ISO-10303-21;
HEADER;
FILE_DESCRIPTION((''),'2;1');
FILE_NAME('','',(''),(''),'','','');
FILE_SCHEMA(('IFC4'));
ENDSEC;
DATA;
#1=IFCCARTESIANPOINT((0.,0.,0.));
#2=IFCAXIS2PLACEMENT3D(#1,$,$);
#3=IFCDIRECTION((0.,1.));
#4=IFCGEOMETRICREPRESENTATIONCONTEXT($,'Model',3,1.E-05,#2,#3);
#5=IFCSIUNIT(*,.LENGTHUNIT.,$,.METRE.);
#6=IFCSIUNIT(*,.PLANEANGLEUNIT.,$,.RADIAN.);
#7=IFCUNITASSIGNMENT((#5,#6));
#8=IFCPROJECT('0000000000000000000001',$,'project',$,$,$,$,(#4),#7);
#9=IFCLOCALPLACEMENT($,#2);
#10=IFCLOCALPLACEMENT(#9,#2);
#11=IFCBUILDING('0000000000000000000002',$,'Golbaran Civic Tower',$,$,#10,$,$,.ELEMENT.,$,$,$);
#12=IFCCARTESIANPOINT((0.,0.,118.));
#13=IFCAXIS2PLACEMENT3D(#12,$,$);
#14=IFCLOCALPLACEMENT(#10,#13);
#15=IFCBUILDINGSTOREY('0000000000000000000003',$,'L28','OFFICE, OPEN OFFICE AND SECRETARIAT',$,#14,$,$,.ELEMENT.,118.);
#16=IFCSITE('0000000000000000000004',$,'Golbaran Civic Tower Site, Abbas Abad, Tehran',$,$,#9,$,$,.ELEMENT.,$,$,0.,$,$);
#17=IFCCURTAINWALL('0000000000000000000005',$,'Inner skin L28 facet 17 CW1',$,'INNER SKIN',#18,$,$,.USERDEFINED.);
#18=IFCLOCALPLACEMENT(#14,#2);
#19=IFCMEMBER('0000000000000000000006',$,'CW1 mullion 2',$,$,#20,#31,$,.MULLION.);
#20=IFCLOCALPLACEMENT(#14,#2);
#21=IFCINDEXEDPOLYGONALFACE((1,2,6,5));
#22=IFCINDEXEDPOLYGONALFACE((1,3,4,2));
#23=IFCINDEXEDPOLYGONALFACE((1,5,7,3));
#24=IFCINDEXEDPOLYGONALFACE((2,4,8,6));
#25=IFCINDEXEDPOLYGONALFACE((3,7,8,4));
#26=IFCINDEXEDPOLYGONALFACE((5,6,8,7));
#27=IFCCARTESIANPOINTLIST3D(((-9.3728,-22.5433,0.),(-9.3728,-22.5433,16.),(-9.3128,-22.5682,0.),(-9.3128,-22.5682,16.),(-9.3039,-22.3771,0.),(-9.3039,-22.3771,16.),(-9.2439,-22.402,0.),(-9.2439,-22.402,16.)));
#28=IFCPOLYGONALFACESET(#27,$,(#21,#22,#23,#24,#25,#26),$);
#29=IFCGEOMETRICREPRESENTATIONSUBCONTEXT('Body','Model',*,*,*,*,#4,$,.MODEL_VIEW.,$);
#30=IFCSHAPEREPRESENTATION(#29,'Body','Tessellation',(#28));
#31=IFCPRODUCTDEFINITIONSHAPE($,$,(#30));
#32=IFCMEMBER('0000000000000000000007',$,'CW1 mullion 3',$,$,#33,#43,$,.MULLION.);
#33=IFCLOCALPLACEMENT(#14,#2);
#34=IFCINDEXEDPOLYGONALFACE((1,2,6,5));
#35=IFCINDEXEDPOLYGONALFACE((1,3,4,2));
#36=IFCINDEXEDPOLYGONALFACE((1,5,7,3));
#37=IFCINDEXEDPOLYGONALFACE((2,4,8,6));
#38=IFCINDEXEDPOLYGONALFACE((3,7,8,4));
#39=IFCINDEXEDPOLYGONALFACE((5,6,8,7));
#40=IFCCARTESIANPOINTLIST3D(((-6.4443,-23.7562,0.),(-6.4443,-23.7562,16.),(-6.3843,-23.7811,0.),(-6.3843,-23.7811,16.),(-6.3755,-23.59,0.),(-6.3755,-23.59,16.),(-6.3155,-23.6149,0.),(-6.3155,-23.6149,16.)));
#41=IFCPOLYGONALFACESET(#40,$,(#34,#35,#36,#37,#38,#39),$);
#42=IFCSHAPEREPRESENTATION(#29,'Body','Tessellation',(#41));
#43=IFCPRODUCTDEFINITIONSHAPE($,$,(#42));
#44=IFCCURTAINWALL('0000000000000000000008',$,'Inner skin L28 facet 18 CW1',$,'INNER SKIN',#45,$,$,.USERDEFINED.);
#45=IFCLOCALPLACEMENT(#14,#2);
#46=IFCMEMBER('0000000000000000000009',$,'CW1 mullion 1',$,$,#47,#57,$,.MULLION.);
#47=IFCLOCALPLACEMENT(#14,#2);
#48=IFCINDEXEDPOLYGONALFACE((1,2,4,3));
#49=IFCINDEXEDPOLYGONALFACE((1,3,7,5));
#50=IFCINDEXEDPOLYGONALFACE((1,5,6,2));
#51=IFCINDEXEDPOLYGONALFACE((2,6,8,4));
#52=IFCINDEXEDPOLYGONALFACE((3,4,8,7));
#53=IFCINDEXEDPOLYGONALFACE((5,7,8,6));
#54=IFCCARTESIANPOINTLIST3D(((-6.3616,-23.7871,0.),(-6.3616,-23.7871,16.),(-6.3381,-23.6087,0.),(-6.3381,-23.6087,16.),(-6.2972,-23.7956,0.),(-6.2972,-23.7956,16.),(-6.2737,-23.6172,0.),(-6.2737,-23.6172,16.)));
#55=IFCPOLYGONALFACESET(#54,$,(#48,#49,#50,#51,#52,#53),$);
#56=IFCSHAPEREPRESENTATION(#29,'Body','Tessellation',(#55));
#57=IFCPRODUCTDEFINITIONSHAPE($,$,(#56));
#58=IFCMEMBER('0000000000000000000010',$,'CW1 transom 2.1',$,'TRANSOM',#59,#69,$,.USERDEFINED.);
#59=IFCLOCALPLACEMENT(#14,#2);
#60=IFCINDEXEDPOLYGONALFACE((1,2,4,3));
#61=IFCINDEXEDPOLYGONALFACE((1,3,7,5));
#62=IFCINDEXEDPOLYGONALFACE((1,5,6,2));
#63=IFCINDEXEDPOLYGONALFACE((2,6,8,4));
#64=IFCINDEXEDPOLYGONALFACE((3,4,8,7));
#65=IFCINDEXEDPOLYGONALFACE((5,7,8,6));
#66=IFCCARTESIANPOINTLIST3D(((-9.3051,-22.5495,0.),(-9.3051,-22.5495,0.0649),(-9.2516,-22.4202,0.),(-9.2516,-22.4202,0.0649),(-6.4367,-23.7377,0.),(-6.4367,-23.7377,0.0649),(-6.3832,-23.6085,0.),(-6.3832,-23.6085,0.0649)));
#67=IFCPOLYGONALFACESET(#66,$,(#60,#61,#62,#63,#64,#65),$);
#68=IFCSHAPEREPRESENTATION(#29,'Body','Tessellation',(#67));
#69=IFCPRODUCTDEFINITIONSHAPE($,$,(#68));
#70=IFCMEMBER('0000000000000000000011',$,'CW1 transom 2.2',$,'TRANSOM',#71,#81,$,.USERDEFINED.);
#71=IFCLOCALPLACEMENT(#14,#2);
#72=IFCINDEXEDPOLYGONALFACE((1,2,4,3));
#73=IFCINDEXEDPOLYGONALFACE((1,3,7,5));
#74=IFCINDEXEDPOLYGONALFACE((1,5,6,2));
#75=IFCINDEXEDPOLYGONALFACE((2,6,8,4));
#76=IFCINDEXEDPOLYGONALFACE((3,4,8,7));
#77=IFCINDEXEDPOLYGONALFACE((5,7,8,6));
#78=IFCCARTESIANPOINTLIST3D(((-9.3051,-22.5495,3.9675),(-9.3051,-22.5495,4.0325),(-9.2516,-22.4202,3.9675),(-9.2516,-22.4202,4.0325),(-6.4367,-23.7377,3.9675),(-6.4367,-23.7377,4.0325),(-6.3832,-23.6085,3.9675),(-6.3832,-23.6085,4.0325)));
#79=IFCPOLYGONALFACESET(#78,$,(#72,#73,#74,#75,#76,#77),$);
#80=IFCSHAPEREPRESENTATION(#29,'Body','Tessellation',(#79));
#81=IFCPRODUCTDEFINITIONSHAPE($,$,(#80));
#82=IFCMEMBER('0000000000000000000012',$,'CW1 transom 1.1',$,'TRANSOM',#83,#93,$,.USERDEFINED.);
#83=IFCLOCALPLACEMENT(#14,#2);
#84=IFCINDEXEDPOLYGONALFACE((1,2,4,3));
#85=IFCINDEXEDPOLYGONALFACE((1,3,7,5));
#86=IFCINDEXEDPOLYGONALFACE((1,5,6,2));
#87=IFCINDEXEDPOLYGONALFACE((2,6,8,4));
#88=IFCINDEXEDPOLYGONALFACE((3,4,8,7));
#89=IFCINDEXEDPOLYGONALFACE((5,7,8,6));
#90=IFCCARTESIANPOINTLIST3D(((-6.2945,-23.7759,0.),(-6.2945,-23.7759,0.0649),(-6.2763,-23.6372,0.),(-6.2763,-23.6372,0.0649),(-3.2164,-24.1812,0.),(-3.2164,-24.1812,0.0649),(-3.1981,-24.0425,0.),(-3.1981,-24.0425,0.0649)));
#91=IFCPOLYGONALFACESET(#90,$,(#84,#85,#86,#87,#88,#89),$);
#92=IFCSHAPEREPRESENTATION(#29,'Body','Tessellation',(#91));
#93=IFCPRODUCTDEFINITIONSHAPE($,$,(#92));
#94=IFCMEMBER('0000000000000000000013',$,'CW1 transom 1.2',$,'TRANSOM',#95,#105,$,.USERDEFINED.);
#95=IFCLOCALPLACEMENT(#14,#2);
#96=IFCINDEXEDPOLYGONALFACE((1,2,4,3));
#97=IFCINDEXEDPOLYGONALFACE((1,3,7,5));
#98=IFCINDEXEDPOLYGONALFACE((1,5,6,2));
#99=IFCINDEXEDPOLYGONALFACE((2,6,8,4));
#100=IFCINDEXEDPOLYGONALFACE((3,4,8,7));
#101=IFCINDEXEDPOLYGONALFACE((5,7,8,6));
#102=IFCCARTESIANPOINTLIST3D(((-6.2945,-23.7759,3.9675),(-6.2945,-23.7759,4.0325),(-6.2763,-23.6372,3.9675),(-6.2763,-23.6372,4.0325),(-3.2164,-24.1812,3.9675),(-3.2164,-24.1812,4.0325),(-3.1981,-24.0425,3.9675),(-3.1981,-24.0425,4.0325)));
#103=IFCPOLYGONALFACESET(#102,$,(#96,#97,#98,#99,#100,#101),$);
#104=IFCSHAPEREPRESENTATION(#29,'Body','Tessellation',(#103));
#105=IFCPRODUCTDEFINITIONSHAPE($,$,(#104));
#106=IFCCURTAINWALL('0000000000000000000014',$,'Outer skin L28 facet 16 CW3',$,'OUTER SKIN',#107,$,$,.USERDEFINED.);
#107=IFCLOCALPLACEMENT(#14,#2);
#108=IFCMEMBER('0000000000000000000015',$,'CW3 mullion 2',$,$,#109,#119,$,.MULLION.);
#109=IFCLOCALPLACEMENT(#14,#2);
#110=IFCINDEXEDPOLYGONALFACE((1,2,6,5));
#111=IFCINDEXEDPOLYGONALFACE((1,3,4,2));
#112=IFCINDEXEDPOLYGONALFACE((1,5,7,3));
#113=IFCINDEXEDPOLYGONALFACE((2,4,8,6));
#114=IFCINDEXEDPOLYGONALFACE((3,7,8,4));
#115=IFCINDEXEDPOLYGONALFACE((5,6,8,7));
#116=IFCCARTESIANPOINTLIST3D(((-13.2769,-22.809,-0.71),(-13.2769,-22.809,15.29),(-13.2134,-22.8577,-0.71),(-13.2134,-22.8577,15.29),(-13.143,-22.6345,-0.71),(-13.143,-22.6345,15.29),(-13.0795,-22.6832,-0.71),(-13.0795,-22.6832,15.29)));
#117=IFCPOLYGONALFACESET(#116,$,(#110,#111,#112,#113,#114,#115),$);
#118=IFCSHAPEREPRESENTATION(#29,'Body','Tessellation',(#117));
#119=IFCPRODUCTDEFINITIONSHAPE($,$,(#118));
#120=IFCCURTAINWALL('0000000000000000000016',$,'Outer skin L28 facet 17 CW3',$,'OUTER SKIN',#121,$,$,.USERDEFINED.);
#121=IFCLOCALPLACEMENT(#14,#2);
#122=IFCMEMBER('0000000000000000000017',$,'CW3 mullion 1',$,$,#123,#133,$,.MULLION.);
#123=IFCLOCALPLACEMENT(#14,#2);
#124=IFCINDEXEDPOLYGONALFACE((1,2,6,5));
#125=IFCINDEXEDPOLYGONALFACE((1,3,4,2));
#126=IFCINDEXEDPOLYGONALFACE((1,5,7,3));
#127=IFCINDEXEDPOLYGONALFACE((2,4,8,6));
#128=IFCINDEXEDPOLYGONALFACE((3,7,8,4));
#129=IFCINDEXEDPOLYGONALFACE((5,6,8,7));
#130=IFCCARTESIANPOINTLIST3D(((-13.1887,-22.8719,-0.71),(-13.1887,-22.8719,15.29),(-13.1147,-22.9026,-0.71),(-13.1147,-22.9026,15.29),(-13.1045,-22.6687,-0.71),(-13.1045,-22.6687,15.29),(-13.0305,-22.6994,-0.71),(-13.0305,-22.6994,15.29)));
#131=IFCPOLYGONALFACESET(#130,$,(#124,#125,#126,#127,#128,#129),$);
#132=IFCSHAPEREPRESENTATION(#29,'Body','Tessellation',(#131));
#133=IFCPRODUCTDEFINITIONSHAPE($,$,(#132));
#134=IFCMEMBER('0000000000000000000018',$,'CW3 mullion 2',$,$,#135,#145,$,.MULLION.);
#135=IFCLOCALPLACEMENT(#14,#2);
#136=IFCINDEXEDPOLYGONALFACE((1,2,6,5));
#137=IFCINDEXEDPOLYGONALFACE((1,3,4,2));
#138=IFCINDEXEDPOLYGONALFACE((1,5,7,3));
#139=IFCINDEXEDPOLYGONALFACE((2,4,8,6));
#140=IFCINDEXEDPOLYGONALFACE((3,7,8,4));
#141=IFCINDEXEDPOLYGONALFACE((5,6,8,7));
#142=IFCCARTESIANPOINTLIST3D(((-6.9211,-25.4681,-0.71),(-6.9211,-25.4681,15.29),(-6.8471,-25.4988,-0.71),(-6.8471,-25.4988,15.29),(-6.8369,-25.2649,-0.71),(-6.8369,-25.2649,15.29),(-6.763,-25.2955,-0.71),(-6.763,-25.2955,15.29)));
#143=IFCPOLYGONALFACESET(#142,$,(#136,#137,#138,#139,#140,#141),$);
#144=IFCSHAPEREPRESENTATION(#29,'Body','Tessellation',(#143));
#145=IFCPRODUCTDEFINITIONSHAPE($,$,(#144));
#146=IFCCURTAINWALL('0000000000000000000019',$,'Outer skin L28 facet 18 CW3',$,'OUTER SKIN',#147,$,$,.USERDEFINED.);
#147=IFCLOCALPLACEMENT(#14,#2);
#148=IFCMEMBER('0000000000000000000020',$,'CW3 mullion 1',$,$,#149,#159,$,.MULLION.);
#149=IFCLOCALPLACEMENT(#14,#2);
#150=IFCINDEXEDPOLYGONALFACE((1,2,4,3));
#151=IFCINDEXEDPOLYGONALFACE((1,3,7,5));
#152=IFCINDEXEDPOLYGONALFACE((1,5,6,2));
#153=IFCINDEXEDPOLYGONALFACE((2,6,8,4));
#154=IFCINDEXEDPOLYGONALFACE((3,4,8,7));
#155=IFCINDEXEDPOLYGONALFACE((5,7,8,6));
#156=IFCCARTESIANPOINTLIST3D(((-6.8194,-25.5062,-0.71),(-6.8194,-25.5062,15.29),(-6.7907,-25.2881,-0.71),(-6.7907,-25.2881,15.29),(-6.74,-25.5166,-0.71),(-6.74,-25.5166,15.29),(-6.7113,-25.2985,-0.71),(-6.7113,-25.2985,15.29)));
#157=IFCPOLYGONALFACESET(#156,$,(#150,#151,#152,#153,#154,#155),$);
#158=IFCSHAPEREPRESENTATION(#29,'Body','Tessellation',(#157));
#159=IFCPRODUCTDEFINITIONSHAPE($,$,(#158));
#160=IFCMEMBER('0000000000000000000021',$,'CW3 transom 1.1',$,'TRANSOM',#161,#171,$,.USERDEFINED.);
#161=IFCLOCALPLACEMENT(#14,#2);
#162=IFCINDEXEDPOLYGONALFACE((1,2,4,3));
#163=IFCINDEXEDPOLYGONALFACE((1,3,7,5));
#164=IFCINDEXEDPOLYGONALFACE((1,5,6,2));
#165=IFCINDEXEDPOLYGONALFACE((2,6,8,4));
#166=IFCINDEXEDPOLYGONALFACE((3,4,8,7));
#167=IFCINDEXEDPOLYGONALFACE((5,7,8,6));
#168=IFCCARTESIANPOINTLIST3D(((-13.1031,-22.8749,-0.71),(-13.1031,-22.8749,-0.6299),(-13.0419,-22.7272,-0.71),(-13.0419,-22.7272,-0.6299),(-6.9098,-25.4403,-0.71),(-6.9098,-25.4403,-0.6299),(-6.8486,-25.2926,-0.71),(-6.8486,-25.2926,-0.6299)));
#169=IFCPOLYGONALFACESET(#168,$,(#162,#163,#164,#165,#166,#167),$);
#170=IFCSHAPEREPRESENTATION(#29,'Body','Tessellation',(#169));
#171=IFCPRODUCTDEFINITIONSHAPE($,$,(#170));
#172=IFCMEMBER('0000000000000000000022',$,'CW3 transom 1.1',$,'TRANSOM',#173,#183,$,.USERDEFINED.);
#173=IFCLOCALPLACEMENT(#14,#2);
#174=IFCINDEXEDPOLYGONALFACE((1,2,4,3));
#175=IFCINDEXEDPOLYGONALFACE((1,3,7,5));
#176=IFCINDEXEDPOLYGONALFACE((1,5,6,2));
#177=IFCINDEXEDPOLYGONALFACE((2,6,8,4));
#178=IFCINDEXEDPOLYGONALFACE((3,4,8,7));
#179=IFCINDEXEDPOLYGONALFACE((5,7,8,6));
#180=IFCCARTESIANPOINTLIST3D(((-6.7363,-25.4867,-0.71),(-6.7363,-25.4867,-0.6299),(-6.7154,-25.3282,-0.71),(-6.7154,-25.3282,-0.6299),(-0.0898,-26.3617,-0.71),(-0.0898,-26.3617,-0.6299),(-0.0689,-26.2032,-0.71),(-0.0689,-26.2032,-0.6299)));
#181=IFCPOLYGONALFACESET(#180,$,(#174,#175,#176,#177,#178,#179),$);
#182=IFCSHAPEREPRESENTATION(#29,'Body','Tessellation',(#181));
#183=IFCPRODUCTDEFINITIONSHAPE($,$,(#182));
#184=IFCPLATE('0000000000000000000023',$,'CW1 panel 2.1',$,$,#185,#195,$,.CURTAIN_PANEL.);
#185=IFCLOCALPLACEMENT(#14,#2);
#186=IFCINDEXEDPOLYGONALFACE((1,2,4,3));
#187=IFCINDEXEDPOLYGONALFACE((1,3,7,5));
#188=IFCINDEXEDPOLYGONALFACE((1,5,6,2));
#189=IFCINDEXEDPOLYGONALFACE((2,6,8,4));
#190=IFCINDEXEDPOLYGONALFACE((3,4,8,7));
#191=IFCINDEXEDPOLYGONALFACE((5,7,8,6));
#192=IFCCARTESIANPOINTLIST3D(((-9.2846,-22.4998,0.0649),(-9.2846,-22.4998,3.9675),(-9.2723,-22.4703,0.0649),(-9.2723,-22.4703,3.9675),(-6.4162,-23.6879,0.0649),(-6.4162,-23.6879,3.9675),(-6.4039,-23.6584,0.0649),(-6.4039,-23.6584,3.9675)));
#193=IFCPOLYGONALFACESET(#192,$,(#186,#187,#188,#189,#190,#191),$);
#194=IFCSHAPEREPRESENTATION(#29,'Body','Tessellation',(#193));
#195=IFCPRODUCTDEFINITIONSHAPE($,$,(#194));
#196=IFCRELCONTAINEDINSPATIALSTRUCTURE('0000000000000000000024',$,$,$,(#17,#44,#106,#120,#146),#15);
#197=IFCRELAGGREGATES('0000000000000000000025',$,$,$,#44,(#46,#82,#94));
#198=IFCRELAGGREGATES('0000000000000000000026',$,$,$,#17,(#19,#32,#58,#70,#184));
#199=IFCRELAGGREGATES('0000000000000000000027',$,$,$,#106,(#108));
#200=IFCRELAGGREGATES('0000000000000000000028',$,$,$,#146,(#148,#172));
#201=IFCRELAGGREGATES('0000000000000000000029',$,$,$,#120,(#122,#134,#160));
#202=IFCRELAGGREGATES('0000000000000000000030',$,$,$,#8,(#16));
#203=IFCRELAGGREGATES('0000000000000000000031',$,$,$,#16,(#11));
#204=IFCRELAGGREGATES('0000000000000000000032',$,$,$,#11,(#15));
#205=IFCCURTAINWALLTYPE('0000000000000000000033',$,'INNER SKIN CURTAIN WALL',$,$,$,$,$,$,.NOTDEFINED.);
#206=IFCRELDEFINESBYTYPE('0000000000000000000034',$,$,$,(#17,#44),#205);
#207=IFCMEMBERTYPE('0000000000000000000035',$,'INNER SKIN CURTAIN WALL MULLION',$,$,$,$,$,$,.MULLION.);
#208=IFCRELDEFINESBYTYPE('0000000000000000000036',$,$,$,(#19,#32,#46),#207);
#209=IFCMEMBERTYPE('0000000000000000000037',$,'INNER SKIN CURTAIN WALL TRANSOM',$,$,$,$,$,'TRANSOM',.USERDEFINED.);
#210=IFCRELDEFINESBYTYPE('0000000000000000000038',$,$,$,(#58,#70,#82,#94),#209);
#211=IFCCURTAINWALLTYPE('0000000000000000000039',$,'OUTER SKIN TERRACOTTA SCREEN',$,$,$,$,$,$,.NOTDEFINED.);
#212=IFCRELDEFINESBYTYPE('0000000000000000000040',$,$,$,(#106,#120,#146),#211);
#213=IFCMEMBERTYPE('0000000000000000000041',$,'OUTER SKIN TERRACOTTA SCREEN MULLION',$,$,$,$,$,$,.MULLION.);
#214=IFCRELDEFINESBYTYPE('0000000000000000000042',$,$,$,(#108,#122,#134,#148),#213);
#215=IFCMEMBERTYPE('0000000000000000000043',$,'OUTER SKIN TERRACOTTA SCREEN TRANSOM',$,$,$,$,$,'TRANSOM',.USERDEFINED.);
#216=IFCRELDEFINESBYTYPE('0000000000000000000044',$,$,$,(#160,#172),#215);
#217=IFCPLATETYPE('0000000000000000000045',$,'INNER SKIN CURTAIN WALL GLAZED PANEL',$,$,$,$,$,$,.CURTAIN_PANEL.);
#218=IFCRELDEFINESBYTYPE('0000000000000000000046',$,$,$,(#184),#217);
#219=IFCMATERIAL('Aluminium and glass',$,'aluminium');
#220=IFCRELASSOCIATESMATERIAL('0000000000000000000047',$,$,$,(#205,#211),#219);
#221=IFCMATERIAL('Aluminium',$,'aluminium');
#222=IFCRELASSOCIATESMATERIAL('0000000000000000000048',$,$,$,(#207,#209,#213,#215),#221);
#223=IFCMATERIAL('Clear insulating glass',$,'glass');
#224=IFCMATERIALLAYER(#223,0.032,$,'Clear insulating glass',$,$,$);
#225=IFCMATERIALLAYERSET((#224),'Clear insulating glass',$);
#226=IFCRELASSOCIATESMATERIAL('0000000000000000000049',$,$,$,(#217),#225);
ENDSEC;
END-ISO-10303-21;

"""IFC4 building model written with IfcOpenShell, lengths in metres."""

from ifc_helpers import new_model, si_unit, direction, frame, origin, origin_2d, place, context, subcontext, project, spatial, rectangle, extrude, material, layer, layer_set, material_profile, profile_set, type_object, element, aggregate, save


model = new_model("IFC4")

# Units and contexts
model_context = context("Model", 3, precision=1e-05, world=origin(), true_north=direction((0.0, 1.0)))
body_context = subcontext(model_context, "Body", "Model", "MODEL_VIEW")
ifc_project = project(units=[si_unit("LENGTHUNIT", "METRE"), si_unit("PLANEANGLEUNIT", "RADIAN")], contexts=[model_context])

# Site, building, storey
site_placement = place(None, origin())
site = spatial("IfcSite", under=ifc_project, at=site_placement, Name="Golbaran Civic Tower Site, Abbas Abad, Tehran", CompositionType="ELEMENT", RefElevation=0.0)
building_placement = place(site_placement, origin())
building = spatial("IfcBuilding", under=site, at=building_placement, Name="Golbaran Civic Tower", CompositionType="ELEMENT")
storey_placement = place(building_placement, frame((0.0, 0.0, 118.0)))
storey = spatial("IfcBuildingStorey", under=building, at=storey_placement, Name="L28", Description="OFFICE, OPEN OFFICE AND SECRETARIAT", CompositionType="ELEMENT", Elevation=118.0)

# Curtain wall, members
ifc_material_1 = material(Name="Aluminium and glass", Category="aluminium")
curtain_wall_type_1 = type_object("IfcCurtainWallType", Name="INNER SKIN CURTAIN WALL", PredefinedType="NOTDEFINED", material=ifc_material_1)
curtain_wall_1_placement = place(storey_placement, origin())
curtain_wall_1 = element("IfcCurtainWall", 1, at=curtain_wall_1_placement, inside=storey, type_object=curtain_wall_type_1, Name="Inner skin L28 facet 17 CW1", ObjectType="INNER SKIN", PredefinedType="USERDEFINED")
ifc_material_2 = material(Name="Aluminium", Category="aluminium")
ifc_material_profile_1 = material_profile(ifc_material_2, rectangle(XDim=0.1799, YDim=0.0649, at=origin_2d()), Name="INNER SKIN CURTAIN WALL MULLION")
ifc_profile_set_1 = profile_set([ifc_material_profile_1], Name="Aluminium")
member_type_1 = type_object("IfcMemberType", Name="INNER SKIN CURTAIN WALL MULLION", PredefinedType="MULLION", material=ifc_profile_set_1)
member_1_placement = place(storey_placement, frame((-9.3083, -22.4727, 0.0), z_axis=(0.0, 0.0, 1.0), x_axis=(0.382683, 0.92388, 0.0)))
member_1 = element("IfcMember", 2, at=member_1_placement, type_object=member_type_1, Name="CW1 mullion 2", PredefinedType="MULLION", context=body_context, shape_type="SweptSolid", body=[
    extrude(rectangle(XDim=0.1799, YDim=0.0649, at=origin_2d()), origin(), (0.0, 0.0, 1.0), 16.0),
])
member_2_placement = place(storey_placement, frame((-6.3799, -23.6855, 0.0), z_axis=(0.0, 0.0, 1.0), x_axis=(0.382683, 0.92388, 0.0)))
member_2 = element("IfcMember", 3, at=member_2_placement, type_object=member_type_1, Name="CW1 mullion 3", PredefinedType="MULLION", context=body_context, shape_type="SweptSolid", body=[
    extrude(rectangle(XDim=0.1799, YDim=0.0649, at=origin_2d()), origin(), (0.0, 0.0, 1.0), 16.0),
])

# Curtain wall, member
curtain_wall_2_placement = place(storey_placement, origin())
curtain_wall_2 = element("IfcCurtainWall", 4, at=curtain_wall_2_placement, inside=storey, type_object=curtain_wall_type_1, Name="Inner skin L28 facet 18 CW1", ObjectType="INNER SKIN", PredefinedType="USERDEFINED")
member_3_placement = place(storey_placement, frame((-6.3176, -23.7021, 0.0), z_axis=(0.0, 0.0, 1.0), x_axis=(0.130526, 0.991445, 0.0)))
member_3 = element("IfcMember", 5, at=member_3_placement, type_object=member_type_1, Name="CW1 mullion 1", PredefinedType="MULLION", context=body_context, shape_type="SweptSolid", body=[
    extrude(rectangle(XDim=0.1799, YDim=0.0649, at=origin_2d()), origin(), (0.0, 0.0, 1.0), 16.0),
])

# Members
ifc_material_profile_2 = material_profile(ifc_material_2, rectangle(XDim=0.1399, YDim=0.0649, at=origin_2d()), Name="INNER SKIN CURTAIN WALL TRANSOM")
ifc_profile_set_2 = profile_set([ifc_material_profile_2], Name="Aluminium")
member_type_2 = type_object("IfcMemberType", Name="INNER SKIN CURTAIN WALL TRANSOM", ElementType="TRANSOM", PredefinedType="USERDEFINED", material=ifc_profile_set_2)
member_4_placement = place(storey_placement, frame((-9.2783, -22.4849, 0.0325), z_axis=(0.923868, -0.382711, 0.0), x_axis=(0.382711, 0.923868, 0.0)))
member_4 = element("IfcMember", 6, at=member_4_placement, type_object=member_type_2, Name="CW1 transom 2.1", ObjectType="TRANSOM", PredefinedType="USERDEFINED", context=body_context, shape_type="SweptSolid", body=[
    extrude(rectangle(XDim=0.1399, YDim=0.0649, at=origin_2d()), origin(), (0.0, 0.0, 1.0), 3.1047),
])
member_5_placement = place(storey_placement, frame((-9.2783, -22.4849, 4.0), z_axis=(0.923868, -0.382711, 0.0), x_axis=(0.382711, 0.923868, 0.0)))
member_5 = element("IfcMember", 7, at=member_5_placement, type_object=member_type_2, Name="CW1 transom 2.2", ObjectType="TRANSOM", PredefinedType="USERDEFINED", context=body_context, shape_type="SweptSolid", body=[
    extrude(rectangle(XDim=0.1399, YDim=0.0649, at=origin_2d()), origin(), (0.0, 0.0, 1.0), 3.1047),
])
member_6_placement = place(storey_placement, frame((-6.2854, -23.7065, 0.0325), z_axis=(0.991444, -0.130536, 0.0), x_axis=(0.130536, 0.991444, 0.0)))
member_6 = element("IfcMember", 8, at=member_6_placement, type_object=member_type_2, Name="CW1 transom 1.1", ObjectType="TRANSOM", PredefinedType="USERDEFINED", context=body_context, shape_type="SweptSolid", body=[
    extrude(rectangle(XDim=0.1399, YDim=0.0649, at=origin_2d()), origin(), (0.0, 0.0, 1.0), 3.1047),
])
member_7_placement = place(storey_placement, frame((-6.2854, -23.7065, 4.0), z_axis=(0.991444, -0.130536, 0.0), x_axis=(0.130536, 0.991444, 0.0)))
member_7 = element("IfcMember", 9, at=member_7_placement, type_object=member_type_2, Name="CW1 transom 1.2", ObjectType="TRANSOM", PredefinedType="USERDEFINED", context=body_context, shape_type="SweptSolid", body=[
    extrude(rectangle(XDim=0.1399, YDim=0.0649, at=origin_2d()), origin(), (0.0, 0.0, 1.0), 3.1047),
])

# Curtain wall, member
curtain_wall_type_2 = type_object("IfcCurtainWallType", Name="OUTER SKIN TERRACOTTA SCREEN", PredefinedType="NOTDEFINED", material=ifc_material_1)
curtain_wall_3_placement = place(storey_placement, origin())
curtain_wall_3 = element("IfcCurtainWall", 10, at=curtain_wall_3_placement, inside=storey, type_object=curtain_wall_type_2, Name="Outer skin L28 facet 16 CW3", ObjectType="OUTER SKIN", PredefinedType="USERDEFINED")
ifc_material_profile_3 = material_profile(ifc_material_2, rectangle(XDim=0.22, YDim=0.0801, at=origin_2d()), Name="OUTER SKIN TERRACOTTA SCREEN MULLION")
ifc_profile_set_3 = profile_set([ifc_material_profile_3], Name="Aluminium")
member_type_3 = type_object("IfcMemberType", Name="OUTER SKIN TERRACOTTA SCREEN MULLION", PredefinedType="MULLION", material=ifc_profile_set_3)
member_8_placement = place(storey_placement, frame((-13.1782, -22.7461, -0.71), z_axis=(0.0, 0.0, 1.0), x_axis=(0.608761, 0.793353, 0.0)))
member_8 = element("IfcMember", 11, at=member_8_placement, type_object=member_type_3, Name="CW3 mullion 2", PredefinedType="MULLION", context=body_context, shape_type="SweptSolid", body=[
    extrude(rectangle(XDim=0.22, YDim=0.0801, at=origin_2d()), origin(), (0.0, 0.0, 1.0), 16.0),
])

# Curtain wall, members
curtain_wall_4_placement = place(storey_placement, origin())
curtain_wall_4 = element("IfcCurtainWall", 12, at=curtain_wall_4_placement, inside=storey, type_object=curtain_wall_type_2, Name="Outer skin L28 facet 17 CW3", ObjectType="OUTER SKIN", PredefinedType="USERDEFINED")
member_9_placement = place(storey_placement, frame((-13.1096, -22.7856, -0.71), z_axis=(0.0, 0.0, 1.0), x_axis=(0.382683, 0.92388, 0.0)))
member_9 = element("IfcMember", 13, at=member_9_placement, type_object=member_type_3, Name="CW3 mullion 1", PredefinedType="MULLION", context=body_context, shape_type="SweptSolid", body=[
    extrude(rectangle(XDim=0.22, YDim=0.0801, at=origin_2d()), origin(), (0.0, 0.0, 1.0), 16.0),
])
member_10_placement = place(storey_placement, frame((-6.842, -25.3818, -0.71), z_axis=(0.0, 0.0, 1.0), x_axis=(0.382683, 0.92388, 0.0)))
member_10 = element("IfcMember", 14, at=member_10_placement, type_object=member_type_3, Name="CW3 mullion 2", PredefinedType="MULLION", context=body_context, shape_type="SweptSolid", body=[
    extrude(rectangle(XDim=0.22, YDim=0.0801, at=origin_2d()), origin(), (0.0, 0.0, 1.0), 16.0),
])

# Curtain wall, member
curtain_wall_5_placement = place(storey_placement, origin())
curtain_wall_5 = element("IfcCurtainWall", 15, at=curtain_wall_5_placement, inside=storey, type_object=curtain_wall_type_2, Name="Outer skin L28 facet 18 CW3", ObjectType="OUTER SKIN", PredefinedType="USERDEFINED")
member_11_placement = place(storey_placement, frame((-6.7654, -25.4023, -0.71), z_axis=(0.0, 0.0, 1.0), x_axis=(0.130526, 0.991445, 0.0)))
member_11 = element("IfcMember", 16, at=member_11_placement, type_object=member_type_3, Name="CW3 mullion 1", PredefinedType="MULLION", context=body_context, shape_type="SweptSolid", body=[
    extrude(rectangle(XDim=0.22, YDim=0.0801, at=origin_2d()), origin(), (0.0, 0.0, 1.0), 16.0),
])

# Members
ifc_material_profile_4 = material_profile(ifc_material_2, rectangle(XDim=0.1599, YDim=0.0801, at=origin_2d()), Name="OUTER SKIN TERRACOTTA SCREEN TRANSOM")
ifc_profile_set_4 = profile_set([ifc_material_profile_4], Name="Aluminium")
member_type_4 = type_object("IfcMemberType", Name="OUTER SKIN TERRACOTTA SCREEN TRANSOM", ElementType="TRANSOM", PredefinedType="USERDEFINED", material=ifc_profile_set_4)
member_12_placement = place(storey_placement, frame((-13.0725, -22.801, -0.6699), z_axis=(0.923877, -0.382691, 0.0), x_axis=(0.382691, 0.923877, 0.0)))
member_12 = element("IfcMember", 17, at=member_12_placement, type_object=member_type_4, Name="CW3 transom 1.1", ObjectType="TRANSOM", PredefinedType="USERDEFINED", context=body_context, shape_type="SweptSolid", body=[
    extrude(rectangle(XDim=0.1599, YDim=0.0801, at=origin_2d()), origin(), (0.0, 0.0, 1.0), 6.7036),
])
member_13_placement = place(storey_placement, frame((-6.7258, -25.4075, -0.6699), z_axis=(0.991445, -0.130522, 0.0), x_axis=(0.130522, 0.991445, 0.0)))
member_13 = element("IfcMember", 18, at=member_13_placement, type_object=member_type_4, Name="CW3 transom 1.1", ObjectType="TRANSOM", PredefinedType="USERDEFINED", context=body_context, shape_type="SweptSolid", body=[
    extrude(rectangle(XDim=0.1599, YDim=0.0801, at=origin_2d()), origin(), (0.0, 0.0, 1.0), 6.7039),
])

# Plate
ifc_material_3 = material(Name="Clear insulating glass", Category="glass")
ifc_layer_1 = layer(ifc_material_3, 0.032, Name="Clear insulating glass")
ifc_layer_set_1 = layer_set([ifc_layer_1], Name="Clear insulating glass")
plate_type_1 = type_object("IfcPlateType", Name="INNER SKIN CURTAIN WALL GLAZED PANEL", PredefinedType="CURTAIN_PANEL", material=ifc_layer_set_1)
plate_1_placement = place(storey_placement, frame((-7.8442, -23.0791, 0.0649), z_axis=(0.0, 0.0, 1.0), x_axis=(0.92388, -0.382683, 0.0)))
plate_1 = element("IfcPlate", 19, at=plate_1_placement, type_object=plate_type_1, Name="CW1 panel 2.1", PredefinedType="CURTAIN_PANEL", context=body_context, shape_type="SweptSolid", body=[
    extrude(rectangle(XDim=3.1047, YDim=0.032, at=origin_2d()), origin(), (0.0, 0.0, 1.0), 3.9026),
])
aggregate(curtain_wall_2, [member_3, member_6, member_7])
aggregate(curtain_wall_1, [member_1, member_2, member_4, member_5, plate_1])
aggregate(curtain_wall_3, [member_8])
aggregate(curtain_wall_5, [member_11, member_13])
aggregate(curtain_wall_4, [member_9, member_10, member_12])

save(model, "model.ifc")
